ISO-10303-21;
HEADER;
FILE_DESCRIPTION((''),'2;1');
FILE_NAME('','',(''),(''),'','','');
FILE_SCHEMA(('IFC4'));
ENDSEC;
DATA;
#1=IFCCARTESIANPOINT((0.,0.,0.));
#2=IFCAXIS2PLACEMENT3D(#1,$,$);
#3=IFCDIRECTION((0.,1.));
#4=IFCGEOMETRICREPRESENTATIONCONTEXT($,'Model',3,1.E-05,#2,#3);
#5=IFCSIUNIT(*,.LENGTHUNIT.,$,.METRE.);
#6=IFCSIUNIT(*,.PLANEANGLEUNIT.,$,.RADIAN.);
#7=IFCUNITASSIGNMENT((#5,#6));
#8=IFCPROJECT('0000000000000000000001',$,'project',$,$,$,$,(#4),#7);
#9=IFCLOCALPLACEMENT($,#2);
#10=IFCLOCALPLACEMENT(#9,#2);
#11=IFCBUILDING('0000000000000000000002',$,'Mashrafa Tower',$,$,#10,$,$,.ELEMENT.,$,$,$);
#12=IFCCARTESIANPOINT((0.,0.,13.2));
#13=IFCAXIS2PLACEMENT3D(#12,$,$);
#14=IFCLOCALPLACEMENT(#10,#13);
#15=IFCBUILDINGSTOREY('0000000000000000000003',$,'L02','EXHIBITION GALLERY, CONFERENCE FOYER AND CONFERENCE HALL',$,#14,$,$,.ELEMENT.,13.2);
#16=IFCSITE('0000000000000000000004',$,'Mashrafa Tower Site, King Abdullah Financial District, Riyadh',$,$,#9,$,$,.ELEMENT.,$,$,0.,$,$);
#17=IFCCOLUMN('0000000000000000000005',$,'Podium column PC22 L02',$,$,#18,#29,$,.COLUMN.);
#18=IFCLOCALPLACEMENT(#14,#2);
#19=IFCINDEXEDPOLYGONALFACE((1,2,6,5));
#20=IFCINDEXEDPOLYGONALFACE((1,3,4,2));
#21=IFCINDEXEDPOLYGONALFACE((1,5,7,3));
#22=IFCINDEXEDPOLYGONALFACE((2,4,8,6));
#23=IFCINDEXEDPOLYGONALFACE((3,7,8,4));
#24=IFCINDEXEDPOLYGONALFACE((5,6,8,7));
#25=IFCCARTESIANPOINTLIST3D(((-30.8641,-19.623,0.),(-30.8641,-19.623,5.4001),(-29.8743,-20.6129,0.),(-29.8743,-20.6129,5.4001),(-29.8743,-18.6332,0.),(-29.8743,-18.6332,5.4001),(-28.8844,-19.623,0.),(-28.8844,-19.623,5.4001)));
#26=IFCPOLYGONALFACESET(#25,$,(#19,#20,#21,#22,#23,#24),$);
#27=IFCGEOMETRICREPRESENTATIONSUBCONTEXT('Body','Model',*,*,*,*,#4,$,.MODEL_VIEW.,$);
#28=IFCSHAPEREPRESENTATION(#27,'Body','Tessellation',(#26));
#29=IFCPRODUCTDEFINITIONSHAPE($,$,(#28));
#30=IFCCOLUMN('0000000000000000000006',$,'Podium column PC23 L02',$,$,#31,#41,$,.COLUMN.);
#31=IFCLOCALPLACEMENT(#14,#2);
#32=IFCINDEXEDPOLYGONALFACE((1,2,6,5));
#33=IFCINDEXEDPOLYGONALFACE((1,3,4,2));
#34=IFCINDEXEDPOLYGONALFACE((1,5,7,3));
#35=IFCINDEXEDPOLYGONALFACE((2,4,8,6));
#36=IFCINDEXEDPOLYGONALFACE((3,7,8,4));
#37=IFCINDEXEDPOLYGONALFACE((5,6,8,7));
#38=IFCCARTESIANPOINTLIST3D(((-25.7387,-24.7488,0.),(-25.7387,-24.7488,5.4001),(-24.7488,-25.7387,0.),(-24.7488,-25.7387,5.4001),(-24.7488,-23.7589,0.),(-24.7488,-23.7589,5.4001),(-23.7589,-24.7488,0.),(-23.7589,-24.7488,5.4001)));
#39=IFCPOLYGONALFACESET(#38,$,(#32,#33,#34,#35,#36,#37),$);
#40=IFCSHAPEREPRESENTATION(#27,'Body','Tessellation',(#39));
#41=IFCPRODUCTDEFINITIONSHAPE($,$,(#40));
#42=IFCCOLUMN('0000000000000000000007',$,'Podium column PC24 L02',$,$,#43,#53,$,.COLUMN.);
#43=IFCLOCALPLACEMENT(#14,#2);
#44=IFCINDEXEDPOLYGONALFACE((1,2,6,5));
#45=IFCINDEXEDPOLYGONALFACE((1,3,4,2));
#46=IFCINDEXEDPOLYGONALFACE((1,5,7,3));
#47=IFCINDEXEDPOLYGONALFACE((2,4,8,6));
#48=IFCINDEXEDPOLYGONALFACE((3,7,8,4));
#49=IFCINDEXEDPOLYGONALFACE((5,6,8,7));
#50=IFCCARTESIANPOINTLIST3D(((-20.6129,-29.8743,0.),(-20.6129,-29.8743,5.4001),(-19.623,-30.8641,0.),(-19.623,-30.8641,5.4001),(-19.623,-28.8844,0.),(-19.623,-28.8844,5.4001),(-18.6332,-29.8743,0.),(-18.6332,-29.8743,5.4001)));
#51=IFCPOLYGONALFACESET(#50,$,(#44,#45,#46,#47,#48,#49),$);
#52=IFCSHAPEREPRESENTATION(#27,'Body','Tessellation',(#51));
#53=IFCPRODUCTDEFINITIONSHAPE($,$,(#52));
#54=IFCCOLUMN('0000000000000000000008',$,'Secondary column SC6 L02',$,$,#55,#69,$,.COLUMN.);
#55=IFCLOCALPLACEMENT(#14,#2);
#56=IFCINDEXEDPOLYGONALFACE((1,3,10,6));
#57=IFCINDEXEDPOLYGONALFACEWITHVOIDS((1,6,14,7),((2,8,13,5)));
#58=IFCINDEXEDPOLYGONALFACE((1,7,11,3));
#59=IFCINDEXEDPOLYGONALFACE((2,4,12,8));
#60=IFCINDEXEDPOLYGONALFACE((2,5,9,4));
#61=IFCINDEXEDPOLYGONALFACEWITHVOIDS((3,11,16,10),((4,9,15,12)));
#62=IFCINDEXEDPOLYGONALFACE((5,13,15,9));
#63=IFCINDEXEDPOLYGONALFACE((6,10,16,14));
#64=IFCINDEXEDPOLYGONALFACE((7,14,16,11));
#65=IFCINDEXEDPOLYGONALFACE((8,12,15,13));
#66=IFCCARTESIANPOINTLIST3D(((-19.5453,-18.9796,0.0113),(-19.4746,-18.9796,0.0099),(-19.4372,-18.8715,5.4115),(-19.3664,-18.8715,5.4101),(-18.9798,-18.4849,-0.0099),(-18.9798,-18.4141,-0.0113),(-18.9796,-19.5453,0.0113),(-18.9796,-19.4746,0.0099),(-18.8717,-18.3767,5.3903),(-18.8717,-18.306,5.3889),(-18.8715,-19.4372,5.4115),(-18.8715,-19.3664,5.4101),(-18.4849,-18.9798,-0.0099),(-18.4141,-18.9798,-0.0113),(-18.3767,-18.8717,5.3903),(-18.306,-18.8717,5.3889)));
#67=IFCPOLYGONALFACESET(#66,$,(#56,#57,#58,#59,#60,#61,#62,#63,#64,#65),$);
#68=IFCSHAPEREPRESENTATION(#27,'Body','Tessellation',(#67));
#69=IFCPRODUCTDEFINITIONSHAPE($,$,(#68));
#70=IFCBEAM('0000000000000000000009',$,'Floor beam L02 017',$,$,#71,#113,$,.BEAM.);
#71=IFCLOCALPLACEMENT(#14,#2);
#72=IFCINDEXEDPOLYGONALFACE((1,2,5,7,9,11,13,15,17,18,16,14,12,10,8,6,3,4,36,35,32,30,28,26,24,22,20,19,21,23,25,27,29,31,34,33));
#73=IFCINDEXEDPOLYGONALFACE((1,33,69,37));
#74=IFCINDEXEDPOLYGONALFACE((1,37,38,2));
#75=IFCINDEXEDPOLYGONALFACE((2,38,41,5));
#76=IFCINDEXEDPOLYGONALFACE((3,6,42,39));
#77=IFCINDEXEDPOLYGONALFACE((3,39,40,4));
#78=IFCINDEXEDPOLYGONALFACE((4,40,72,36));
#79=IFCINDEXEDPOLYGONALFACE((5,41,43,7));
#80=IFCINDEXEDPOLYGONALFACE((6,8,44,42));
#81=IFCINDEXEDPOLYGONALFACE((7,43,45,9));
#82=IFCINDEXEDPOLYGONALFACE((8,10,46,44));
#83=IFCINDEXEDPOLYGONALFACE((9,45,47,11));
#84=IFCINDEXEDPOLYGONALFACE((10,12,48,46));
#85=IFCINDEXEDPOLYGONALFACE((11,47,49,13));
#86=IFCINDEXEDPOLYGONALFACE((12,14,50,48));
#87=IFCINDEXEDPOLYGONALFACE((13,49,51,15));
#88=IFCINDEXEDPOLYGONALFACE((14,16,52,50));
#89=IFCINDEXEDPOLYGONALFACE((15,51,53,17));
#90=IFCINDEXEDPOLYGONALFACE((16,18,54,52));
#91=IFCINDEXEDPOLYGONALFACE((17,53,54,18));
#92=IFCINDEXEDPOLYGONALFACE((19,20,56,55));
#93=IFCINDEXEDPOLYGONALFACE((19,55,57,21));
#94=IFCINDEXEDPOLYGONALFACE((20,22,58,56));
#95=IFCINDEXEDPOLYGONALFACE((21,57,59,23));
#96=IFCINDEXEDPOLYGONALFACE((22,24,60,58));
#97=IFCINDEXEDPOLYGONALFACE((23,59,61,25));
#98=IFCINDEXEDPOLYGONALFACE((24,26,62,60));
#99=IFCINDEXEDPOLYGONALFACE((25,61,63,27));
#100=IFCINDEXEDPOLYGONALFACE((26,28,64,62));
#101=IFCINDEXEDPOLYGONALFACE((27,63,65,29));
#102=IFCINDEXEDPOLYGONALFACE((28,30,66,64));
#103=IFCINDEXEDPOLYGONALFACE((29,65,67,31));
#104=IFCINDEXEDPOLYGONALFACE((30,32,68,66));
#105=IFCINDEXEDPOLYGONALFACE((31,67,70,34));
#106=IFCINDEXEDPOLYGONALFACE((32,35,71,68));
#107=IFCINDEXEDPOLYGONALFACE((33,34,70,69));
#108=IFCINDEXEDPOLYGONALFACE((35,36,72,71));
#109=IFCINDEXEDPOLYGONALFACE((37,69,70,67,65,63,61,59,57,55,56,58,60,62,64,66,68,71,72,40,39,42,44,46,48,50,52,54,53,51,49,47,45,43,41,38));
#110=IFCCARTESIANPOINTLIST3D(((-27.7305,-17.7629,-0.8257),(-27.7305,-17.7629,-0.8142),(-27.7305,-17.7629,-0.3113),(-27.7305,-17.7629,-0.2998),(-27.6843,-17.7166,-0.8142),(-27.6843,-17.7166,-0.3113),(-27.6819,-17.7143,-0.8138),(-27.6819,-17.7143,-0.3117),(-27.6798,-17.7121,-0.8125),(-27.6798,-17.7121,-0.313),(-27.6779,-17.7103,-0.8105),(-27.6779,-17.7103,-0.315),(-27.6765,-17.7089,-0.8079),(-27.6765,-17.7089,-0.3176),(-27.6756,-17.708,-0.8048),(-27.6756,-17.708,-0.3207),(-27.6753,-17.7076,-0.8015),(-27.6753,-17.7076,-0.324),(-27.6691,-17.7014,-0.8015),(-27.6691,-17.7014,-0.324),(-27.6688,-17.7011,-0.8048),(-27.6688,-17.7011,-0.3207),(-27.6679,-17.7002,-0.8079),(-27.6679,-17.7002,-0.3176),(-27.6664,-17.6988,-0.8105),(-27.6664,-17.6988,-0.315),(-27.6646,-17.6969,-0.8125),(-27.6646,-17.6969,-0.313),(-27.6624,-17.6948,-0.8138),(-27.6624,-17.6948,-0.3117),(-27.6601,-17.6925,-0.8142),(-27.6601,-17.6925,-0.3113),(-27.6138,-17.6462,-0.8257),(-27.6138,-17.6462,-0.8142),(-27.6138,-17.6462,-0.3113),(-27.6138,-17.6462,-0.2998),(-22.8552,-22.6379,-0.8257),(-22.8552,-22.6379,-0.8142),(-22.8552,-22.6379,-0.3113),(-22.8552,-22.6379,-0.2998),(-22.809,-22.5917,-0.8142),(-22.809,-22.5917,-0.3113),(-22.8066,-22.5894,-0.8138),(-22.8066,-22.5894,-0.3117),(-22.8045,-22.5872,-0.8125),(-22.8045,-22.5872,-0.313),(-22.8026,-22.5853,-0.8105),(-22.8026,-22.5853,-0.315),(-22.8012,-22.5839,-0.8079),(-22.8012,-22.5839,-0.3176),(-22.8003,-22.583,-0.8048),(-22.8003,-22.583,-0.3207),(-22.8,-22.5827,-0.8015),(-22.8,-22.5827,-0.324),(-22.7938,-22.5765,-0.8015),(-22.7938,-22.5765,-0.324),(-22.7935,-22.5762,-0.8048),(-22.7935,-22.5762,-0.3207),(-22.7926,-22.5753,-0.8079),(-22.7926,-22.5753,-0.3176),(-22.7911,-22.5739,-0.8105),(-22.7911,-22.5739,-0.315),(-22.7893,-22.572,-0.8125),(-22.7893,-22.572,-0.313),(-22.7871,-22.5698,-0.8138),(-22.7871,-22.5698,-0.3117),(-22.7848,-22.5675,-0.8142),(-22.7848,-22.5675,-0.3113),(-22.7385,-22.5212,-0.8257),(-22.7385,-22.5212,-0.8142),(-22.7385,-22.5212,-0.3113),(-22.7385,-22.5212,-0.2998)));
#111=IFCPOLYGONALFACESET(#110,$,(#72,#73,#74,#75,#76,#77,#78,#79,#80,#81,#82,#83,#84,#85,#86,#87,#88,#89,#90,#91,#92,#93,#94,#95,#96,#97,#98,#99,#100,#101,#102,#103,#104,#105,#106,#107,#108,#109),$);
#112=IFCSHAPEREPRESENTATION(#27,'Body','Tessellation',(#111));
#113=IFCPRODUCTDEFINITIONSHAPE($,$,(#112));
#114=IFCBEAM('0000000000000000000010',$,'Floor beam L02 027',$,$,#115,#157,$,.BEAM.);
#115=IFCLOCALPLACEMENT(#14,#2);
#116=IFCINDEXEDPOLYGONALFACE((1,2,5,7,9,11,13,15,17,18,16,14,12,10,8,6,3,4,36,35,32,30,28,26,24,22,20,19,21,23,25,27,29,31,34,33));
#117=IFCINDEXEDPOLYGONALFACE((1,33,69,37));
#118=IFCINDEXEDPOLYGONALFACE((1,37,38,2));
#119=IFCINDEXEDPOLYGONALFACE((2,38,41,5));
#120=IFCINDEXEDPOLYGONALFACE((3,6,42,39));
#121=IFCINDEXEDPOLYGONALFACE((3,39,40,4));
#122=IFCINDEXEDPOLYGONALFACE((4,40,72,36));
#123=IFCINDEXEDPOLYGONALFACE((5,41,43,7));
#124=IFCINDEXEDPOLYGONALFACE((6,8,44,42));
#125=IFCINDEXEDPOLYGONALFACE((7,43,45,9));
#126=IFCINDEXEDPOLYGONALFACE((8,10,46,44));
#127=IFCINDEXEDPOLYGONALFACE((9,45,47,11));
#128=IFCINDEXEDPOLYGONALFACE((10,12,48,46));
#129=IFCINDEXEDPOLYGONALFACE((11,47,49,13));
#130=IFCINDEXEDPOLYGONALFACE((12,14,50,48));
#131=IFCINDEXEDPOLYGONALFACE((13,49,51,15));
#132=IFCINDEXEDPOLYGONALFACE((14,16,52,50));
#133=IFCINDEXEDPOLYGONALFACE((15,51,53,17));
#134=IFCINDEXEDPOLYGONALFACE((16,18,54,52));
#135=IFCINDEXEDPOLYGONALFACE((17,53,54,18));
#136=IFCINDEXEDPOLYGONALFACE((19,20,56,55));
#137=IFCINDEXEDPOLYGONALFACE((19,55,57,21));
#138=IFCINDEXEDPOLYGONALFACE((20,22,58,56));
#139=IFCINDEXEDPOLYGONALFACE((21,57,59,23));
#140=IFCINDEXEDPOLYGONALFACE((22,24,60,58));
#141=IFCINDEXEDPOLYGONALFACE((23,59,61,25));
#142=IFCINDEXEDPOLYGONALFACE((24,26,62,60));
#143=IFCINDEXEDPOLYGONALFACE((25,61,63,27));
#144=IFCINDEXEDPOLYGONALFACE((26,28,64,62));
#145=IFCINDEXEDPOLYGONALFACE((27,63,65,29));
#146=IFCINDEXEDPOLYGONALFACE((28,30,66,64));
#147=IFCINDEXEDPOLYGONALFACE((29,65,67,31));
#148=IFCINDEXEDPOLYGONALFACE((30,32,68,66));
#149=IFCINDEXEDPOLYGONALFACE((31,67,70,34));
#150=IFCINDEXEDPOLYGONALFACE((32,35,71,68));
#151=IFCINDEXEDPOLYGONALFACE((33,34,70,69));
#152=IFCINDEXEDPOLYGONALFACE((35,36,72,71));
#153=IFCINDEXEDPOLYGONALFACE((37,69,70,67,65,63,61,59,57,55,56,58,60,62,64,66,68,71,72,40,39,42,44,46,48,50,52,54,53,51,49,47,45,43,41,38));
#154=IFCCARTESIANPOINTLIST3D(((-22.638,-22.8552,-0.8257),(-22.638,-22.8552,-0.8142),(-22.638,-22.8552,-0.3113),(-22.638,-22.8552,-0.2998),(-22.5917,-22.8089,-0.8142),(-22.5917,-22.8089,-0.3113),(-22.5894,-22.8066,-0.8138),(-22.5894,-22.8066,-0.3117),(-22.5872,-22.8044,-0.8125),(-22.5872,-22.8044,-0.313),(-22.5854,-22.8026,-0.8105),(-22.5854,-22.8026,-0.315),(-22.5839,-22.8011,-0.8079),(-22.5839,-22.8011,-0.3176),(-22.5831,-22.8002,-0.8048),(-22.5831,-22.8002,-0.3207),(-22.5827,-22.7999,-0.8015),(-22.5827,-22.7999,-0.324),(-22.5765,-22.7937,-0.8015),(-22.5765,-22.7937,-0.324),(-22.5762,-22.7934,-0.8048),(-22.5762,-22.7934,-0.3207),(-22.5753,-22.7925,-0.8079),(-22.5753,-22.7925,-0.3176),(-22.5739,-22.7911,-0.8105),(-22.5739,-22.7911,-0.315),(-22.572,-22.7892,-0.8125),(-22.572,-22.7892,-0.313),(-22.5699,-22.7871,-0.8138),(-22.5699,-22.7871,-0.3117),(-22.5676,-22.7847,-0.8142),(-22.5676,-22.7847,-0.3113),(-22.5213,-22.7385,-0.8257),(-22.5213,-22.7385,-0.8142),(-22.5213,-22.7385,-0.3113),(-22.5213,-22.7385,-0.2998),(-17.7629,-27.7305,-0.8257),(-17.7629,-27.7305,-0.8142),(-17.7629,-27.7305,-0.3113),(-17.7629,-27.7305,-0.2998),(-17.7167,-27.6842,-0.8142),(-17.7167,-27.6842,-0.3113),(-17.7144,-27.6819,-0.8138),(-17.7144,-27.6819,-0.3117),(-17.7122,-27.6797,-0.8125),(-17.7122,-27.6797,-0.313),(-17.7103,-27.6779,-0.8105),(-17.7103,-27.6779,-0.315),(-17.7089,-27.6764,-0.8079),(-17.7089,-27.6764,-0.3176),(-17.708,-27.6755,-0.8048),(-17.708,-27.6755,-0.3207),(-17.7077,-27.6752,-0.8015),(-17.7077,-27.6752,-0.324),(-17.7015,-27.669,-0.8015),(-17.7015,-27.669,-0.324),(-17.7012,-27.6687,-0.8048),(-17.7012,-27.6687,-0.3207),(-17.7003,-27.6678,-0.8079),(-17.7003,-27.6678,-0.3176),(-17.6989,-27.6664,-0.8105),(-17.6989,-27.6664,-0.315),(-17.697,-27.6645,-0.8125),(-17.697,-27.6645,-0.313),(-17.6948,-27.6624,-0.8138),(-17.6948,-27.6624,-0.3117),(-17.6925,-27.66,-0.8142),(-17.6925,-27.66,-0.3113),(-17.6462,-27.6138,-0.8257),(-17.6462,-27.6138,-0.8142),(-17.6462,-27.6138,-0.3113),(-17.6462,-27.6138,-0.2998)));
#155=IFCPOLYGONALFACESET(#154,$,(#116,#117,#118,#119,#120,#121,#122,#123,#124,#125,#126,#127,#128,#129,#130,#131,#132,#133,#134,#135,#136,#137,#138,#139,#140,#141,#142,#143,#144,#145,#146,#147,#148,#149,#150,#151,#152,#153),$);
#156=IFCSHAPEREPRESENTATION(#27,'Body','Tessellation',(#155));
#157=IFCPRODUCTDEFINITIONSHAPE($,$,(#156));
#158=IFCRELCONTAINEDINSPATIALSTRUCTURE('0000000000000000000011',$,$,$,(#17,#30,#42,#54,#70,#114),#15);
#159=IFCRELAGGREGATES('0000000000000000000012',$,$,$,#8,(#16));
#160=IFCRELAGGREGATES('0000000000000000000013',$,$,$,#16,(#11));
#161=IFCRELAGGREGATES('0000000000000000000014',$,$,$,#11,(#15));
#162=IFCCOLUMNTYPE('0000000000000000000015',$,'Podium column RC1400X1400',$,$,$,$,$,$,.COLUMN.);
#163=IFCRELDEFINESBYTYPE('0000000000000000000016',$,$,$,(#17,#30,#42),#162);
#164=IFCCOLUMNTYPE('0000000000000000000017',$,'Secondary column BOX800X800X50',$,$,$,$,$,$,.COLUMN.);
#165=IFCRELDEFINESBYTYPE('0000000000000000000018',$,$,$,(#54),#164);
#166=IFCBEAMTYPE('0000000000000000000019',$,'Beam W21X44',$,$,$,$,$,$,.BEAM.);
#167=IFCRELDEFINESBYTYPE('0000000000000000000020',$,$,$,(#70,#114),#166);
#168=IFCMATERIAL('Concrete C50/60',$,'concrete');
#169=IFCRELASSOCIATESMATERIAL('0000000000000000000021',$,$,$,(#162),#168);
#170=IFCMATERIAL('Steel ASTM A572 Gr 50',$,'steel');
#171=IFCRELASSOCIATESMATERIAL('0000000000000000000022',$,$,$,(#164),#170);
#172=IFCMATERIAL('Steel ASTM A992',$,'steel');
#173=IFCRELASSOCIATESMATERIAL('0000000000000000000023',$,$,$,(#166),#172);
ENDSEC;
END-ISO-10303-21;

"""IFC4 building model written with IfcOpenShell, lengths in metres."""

from ifc_helpers import new_model, si_unit, direction, frame, origin, origin_2d, place, context, subcontext, project, spatial, rectangle, hollow_rectangle, i_section, extrude, material, material_profile, profile_set, type_object, element, save


model = new_model("IFC4")

# Units and contexts
model_context = context("Model", 3, precision=1e-05, world=origin(), true_north=direction((0.0, 1.0)))
body_context = subcontext(model_context, "Body", "Model", "MODEL_VIEW")
ifc_project = project(units=[si_unit("LENGTHUNIT", "METRE"), si_unit("PLANEANGLEUNIT", "RADIAN")], contexts=[model_context])

# Site, building, storey
site_placement = place(None, origin())
site = spatial("IfcSite", under=ifc_project, at=site_placement, Name="Mashrafa Tower Site, King Abdullah Financial District, Riyadh", CompositionType="ELEMENT", RefElevation=0.0)
building_placement = place(site_placement, origin())
building = spatial("IfcBuilding", under=site, at=building_placement, Name="Mashrafa Tower", CompositionType="ELEMENT")
storey_placement = place(building_placement, frame((0.0, 0.0, 13.2)))
storey = spatial("IfcBuildingStorey", under=building, at=storey_placement, Name="L02", Description="EXHIBITION GALLERY, CONFERENCE FOYER AND CONFERENCE HALL", CompositionType="ELEMENT", Elevation=13.2)

# Columns
ifc_material_1 = material(Name="Concrete C50/60", Category="concrete")
ifc_material_profile_1 = material_profile(ifc_material_1, rectangle(XDim=1.3999, YDim=1.3999, at=origin_2d()), Name="RC1400X1400")
ifc_profile_set_1 = profile_set([ifc_material_profile_1], Name="Concrete C50/60")
column_type_1 = type_object("IfcColumnType", Name="Podium column RC1400X1400", PredefinedType="COLUMN", material=ifc_profile_set_1)
for number, where, z_axis, x_axis, name in (
    (1, (-29.8743, -19.623, 0.0), (0.0, 0.0, 1.0), (0.707107, 0.707107, 0.0), "Podium column PC22 L02"),
    (2, (-24.7488, -24.7488, 0.0), (0.0, 0.0, 1.0), (0.707107, 0.707107, 0.0), "Podium column PC23 L02"),
    (3, (-19.623, -29.8743, 0.0), (0.0, 0.0, 1.0), (0.707107, 0.707107, 0.0), "Podium column PC24 L02"),
):
    element("IfcColumn", number, at=place(storey_placement, frame(where, z_axis=z_axis, x_axis=x_axis)), inside=storey, type_object=column_type_1, Name=name, PredefinedType="COLUMN", context=body_context, shape_type="SweptSolid", body=[
        extrude(rectangle(XDim=1.3999, YDim=1.3999, at=origin_2d()), origin(), (0.0, 0.0, 1.0), 5.4001),
    ])
ifc_material_2 = material(Name="Steel ASTM A572 Gr 50", Category="steel")
ifc_material_profile_2 = material_profile(ifc_material_2, hollow_rectangle(XDim=0.8, YDim=0.8, WallThickness=0.05, at=origin_2d()), Name="BOX800X800X50")
ifc_profile_set_2 = profile_set([ifc_material_profile_2], Name="Steel ASTM A572 Gr 50")
column_type_2 = type_object("IfcColumnType", Name="Secondary column BOX800X800X50", PredefinedType="COLUMN", material=ifc_profile_set_2)
column_placement = place(storey_placement, frame((-18.9797, -18.9797, 0.0), z_axis=(0.02002, 0.02002, 0.999599), x_axis=(-0.707107, 0.707107, 0.0)))
element("IfcColumn", 4, at=column_placement, inside=storey, type_object=column_type_2, Name="Secondary column SC6 L02", PredefinedType="COLUMN", context=body_context, shape_type="SweptSolid", body=[
    extrude(hollow_rectangle(XDim=0.8, YDim=0.8, WallThickness=0.05, at=origin_2d()), origin(), (0.0, 0.0, 1.0), 5.4023),
])

# Beams
ifc_material_3 = material(Name="Steel ASTM A992", Category="steel")
ifc_material_profile_3 = material_profile(ifc_material_3, i_section(OverallWidth=0.165, OverallDepth=0.5259, WebThickness=0.0088, FlangeThickness=0.0115, FilletRadius=0.0127, at=origin_2d()), Name="W21X44")
ifc_profile_set_3 = profile_set([ifc_material_profile_3], Name="Steel ASTM A992")
beam_type_1 = type_object("IfcBeamType", Name="Beam W21X44", PredefinedType="BEAM", material=ifc_profile_set_3)
for number, where, z_axis, x_axis, name in (
    (5, (-22.7969, -22.5796, -0.5627), (-0.707124, 0.707089, 0.0), (-0.707089, -0.707124, 0.0), "Floor beam L02 017"),
    (6, (-17.7046, -27.6721, -0.5627), (-0.707089, 0.707124, 0.0), (-0.707124, -0.707089, 0.0), "Floor beam L02 027"),
):
    element("IfcBeam", number, at=place(storey_placement, frame(where, z_axis=z_axis, x_axis=x_axis)), inside=storey, type_object=beam_type_1, Name=name, PredefinedType="BEAM", context=body_context, shape_type="SweptSolid", body=[
        extrude(i_section(OverallWidth=0.165, OverallDepth=0.5259, WebThickness=0.0088, FlangeThickness=0.0115, FilletRadius=0.0127, at=origin_2d()), origin(), (0.0, 0.0, 1.0), 6.8945),
    ])

save(model, "model.ifc")
